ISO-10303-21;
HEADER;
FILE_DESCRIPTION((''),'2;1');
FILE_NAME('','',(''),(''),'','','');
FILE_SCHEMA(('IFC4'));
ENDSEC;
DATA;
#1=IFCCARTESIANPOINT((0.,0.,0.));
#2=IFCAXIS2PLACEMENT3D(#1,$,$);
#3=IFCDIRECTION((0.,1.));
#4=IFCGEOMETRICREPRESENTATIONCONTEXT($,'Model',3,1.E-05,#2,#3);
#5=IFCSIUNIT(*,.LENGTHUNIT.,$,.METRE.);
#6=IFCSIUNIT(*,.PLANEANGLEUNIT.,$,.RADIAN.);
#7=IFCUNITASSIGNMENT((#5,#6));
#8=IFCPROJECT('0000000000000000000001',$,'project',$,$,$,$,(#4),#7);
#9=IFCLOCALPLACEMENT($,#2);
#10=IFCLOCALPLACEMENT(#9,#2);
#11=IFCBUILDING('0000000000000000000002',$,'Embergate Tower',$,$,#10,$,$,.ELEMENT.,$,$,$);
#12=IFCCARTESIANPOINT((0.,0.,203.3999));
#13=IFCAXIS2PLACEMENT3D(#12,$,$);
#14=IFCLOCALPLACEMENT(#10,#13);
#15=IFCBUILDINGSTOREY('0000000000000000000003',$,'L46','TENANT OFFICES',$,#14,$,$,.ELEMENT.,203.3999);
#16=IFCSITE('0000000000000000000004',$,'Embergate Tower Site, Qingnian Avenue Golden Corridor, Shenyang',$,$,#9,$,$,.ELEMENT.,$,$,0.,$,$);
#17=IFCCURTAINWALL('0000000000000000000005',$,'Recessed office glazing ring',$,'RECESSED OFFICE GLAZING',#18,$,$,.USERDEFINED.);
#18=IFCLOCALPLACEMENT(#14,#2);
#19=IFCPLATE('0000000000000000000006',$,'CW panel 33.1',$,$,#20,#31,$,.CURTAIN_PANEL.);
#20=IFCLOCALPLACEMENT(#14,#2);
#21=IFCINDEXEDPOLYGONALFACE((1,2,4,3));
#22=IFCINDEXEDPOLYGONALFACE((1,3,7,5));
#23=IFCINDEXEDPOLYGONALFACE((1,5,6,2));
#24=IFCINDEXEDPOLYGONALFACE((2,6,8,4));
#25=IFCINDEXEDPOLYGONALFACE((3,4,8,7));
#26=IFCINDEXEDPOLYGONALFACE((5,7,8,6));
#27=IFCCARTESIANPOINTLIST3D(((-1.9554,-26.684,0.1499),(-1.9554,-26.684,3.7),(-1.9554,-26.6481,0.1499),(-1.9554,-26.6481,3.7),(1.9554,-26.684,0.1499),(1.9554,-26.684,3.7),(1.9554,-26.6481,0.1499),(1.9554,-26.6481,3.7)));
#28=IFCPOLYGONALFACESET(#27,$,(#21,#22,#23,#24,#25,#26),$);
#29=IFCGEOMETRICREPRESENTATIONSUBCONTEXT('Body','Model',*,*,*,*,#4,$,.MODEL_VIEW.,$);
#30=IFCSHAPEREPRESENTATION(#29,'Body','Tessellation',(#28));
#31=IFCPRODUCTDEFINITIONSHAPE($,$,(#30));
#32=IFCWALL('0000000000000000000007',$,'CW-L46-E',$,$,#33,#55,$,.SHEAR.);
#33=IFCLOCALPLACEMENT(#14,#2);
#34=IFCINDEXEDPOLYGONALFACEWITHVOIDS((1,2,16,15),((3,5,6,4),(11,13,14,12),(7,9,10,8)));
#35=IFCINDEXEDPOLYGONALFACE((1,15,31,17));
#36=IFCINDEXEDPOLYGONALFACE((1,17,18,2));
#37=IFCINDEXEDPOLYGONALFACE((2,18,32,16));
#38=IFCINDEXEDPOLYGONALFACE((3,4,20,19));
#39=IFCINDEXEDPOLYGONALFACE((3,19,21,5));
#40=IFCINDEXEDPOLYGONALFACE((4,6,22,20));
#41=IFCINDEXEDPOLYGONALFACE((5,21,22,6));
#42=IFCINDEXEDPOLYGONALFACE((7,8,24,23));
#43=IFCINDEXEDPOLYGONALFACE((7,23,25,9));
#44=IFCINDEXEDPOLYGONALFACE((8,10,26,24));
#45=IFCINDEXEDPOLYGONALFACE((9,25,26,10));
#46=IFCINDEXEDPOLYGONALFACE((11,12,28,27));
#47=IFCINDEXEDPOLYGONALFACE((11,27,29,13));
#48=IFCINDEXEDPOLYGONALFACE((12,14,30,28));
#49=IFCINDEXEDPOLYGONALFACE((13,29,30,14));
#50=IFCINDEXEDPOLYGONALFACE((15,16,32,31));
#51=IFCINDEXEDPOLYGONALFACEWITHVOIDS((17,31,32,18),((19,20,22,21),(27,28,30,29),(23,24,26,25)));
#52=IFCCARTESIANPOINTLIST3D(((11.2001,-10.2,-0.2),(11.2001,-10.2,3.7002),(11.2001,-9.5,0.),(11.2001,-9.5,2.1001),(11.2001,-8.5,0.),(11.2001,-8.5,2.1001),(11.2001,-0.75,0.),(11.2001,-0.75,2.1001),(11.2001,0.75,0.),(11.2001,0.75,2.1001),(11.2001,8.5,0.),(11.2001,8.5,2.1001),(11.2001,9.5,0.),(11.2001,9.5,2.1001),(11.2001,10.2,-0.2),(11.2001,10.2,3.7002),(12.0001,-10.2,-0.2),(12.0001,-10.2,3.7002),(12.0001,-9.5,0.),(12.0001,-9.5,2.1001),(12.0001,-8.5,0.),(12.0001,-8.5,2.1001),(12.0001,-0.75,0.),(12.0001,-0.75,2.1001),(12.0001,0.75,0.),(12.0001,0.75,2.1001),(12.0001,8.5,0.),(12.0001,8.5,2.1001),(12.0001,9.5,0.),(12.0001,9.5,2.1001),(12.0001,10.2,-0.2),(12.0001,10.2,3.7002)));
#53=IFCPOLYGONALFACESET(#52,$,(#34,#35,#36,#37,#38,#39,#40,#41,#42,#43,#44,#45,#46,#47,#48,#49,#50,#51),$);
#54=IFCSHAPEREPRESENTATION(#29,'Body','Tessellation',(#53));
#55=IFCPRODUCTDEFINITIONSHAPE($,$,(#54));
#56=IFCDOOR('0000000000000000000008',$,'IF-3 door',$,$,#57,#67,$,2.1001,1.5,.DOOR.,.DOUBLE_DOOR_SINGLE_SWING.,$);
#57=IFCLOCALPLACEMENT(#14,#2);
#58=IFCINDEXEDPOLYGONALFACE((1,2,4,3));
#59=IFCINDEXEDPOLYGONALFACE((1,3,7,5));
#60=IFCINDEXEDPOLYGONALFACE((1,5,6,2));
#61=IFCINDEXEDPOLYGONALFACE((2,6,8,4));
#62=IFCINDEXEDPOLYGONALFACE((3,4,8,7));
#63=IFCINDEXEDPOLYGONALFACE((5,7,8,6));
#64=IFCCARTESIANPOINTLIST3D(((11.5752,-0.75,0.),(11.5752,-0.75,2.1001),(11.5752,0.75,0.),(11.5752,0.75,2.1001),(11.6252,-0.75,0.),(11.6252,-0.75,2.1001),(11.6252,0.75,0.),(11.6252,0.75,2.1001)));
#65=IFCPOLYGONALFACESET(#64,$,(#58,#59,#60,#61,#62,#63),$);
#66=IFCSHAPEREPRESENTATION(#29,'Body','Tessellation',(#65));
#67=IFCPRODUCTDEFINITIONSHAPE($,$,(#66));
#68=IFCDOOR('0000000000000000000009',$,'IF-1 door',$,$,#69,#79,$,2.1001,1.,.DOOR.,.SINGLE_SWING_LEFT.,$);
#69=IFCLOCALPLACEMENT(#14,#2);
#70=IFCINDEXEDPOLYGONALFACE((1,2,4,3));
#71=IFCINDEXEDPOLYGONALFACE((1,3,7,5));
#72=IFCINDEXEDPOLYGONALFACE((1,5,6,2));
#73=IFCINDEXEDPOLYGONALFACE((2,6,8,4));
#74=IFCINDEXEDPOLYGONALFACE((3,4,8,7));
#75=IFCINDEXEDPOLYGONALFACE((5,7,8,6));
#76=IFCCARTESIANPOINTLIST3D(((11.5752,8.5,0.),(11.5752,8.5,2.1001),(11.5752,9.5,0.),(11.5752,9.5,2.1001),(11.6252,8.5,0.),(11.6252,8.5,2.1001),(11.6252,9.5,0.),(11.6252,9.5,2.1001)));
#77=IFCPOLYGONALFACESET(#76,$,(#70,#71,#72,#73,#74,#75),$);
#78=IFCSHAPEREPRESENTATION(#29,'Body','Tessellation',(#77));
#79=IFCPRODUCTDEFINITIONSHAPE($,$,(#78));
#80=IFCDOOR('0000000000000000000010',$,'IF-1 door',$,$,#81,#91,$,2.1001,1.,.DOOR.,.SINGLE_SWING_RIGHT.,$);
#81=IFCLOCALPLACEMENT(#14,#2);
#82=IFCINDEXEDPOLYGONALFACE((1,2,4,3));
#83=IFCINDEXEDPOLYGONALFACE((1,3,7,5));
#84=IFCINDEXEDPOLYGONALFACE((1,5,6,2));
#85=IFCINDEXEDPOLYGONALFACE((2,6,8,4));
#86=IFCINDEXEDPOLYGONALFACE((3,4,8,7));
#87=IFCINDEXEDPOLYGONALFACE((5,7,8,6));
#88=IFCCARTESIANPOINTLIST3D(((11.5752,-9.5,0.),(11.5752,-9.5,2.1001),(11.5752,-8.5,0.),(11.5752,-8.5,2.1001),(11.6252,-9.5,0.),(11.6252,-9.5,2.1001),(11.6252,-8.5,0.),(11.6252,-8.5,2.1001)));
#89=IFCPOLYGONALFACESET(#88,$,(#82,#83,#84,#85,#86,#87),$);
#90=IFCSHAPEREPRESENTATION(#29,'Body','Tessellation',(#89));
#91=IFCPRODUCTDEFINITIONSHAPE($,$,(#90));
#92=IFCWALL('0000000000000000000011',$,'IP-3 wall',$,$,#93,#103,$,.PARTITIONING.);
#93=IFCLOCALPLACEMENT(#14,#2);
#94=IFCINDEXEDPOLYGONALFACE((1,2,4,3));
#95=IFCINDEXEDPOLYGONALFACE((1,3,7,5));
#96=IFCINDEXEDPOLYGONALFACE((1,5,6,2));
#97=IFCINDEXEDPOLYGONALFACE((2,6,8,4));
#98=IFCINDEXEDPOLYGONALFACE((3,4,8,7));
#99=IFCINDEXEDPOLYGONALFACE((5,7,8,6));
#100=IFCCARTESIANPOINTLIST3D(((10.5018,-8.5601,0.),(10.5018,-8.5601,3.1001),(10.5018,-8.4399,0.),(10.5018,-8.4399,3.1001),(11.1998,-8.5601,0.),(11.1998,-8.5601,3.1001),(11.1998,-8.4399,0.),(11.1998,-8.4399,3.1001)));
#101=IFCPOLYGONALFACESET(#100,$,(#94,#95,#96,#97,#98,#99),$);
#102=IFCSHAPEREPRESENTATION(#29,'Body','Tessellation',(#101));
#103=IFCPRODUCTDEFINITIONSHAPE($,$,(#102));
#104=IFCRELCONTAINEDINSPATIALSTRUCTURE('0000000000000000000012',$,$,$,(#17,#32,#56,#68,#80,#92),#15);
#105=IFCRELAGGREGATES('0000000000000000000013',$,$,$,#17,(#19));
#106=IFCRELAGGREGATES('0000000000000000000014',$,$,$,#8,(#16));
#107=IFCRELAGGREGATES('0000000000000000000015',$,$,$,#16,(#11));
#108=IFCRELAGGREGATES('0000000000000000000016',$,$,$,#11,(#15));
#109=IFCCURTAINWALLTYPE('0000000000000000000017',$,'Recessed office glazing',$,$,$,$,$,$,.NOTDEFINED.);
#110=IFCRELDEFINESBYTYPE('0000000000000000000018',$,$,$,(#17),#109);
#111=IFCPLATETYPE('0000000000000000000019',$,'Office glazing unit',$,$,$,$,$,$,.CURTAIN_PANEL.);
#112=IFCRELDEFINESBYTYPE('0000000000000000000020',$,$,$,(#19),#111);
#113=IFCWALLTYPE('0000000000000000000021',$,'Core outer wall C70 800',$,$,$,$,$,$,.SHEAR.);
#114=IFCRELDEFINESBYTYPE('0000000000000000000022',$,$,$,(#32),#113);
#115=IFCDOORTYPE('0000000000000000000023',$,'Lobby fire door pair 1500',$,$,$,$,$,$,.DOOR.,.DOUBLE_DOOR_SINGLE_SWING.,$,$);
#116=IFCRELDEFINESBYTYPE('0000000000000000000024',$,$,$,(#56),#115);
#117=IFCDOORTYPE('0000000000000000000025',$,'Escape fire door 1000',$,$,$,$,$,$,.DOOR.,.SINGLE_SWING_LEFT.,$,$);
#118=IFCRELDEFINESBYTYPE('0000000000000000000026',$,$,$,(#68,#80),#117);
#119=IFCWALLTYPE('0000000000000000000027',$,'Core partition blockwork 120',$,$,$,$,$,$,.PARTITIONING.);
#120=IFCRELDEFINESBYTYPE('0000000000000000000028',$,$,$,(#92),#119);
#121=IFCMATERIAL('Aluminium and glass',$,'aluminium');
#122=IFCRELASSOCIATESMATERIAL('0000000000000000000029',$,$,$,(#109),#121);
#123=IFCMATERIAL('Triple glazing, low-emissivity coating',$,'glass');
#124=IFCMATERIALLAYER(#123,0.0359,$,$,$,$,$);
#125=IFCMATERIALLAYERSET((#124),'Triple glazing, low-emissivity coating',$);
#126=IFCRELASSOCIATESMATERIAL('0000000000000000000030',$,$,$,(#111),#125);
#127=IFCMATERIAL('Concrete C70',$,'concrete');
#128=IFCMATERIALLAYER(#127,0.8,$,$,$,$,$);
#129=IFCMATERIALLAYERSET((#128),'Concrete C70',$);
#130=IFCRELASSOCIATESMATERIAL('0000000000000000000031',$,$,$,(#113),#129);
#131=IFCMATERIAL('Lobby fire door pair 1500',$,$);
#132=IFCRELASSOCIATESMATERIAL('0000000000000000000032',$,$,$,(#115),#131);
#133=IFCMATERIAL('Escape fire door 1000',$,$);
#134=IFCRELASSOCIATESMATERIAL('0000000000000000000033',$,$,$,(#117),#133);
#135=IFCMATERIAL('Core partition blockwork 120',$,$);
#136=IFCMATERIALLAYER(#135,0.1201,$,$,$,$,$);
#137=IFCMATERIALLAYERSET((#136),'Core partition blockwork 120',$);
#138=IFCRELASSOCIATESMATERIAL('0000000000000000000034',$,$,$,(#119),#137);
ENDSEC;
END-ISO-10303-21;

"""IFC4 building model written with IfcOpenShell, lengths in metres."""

from ifc_helpers import new_model, si_unit, direction, frame, frame_2d, origin, origin_2d, place, context, subcontext, project, spatial, rectangle, extrude, source, transform, mapped, material, layer, layer_set, type_object, element, fill, aggregate, save


model = new_model("IFC4")

# Units and contexts
model_context = context("Model", 3, precision=1e-05, world=origin(), true_north=direction((0.0, 1.0)))
body_context = subcontext(model_context, "Body", "Model", "MODEL_VIEW")
ifc_project = project(units=[si_unit("LENGTHUNIT", "METRE"), si_unit("PLANEANGLEUNIT", "RADIAN")], contexts=[model_context])

# Site, building, storey
site_placement = place(None, origin())
site = spatial("IfcSite", under=ifc_project, at=site_placement, Name="Embergate Tower Site, Qingnian Avenue Golden Corridor, Shenyang", CompositionType="ELEMENT", RefElevation=0.0)
building_placement = place(site_placement, origin())
building = spatial("IfcBuilding", under=site, at=building_placement, Name="Embergate Tower", CompositionType="ELEMENT")
storey_placement = place(building_placement, frame((0.0, 0.0, 203.3999)))
storey = spatial("IfcBuildingStorey", under=building, at=storey_placement, Name="L46", Description="TENANT OFFICES", CompositionType="ELEMENT", Elevation=203.3999)

# Curtain wall, plate
ifc_material_1 = material(Name="Aluminium and glass", Category="aluminium")
curtain_wall_type = type_object("IfcCurtainWallType", Name="Recessed office glazing", PredefinedType="NOTDEFINED", material=ifc_material_1)
curtain_wall_placement = place(storey_placement, origin())
curtain_wall = element("IfcCurtainWall", 1, at=curtain_wall_placement, inside=storey, type_object=curtain_wall_type, Name="Recessed office glazing ring", ObjectType="RECESSED OFFICE GLAZING", PredefinedType="USERDEFINED")
ifc_material_2 = material(Name="Triple glazing, low-emissivity coating", Category="glass")
ifc_layer_1 = layer(ifc_material_2, 0.0359)
ifc_layer_set_1 = layer_set([ifc_layer_1], Name="Triple glazing, low-emissivity coating")
plate_type = type_object("IfcPlateType", Name="Office glazing unit", PredefinedType="CURTAIN_PANEL", material=ifc_layer_set_1)
shared_shape_1 = source(origin(), body_context, "Body", "SweptSolid", [
    extrude(rectangle(XDim=3.9109, YDim=0.0359, at=origin_2d()), origin(), (0.0, 0.0, 1.0), 3.55),
])
plate_1_placement = place(storey_placement, frame((0.0, -26.666, 0.1499), z_axis=(0.0, 0.0, 1.0), x_axis=(1.0, 0.0, 0.0)))
plate_1 = element("IfcPlate", 2, at=plate_1_placement, type_object=plate_type, Name="CW panel 33.1", PredefinedType="CURTAIN_PANEL", context=body_context, shape_type="MappedRepresentation", body=[
    mapped(shared_shape_1, transform((0.0, 0.0, 0.0))),
])
aggregate(curtain_wall, [plate_1])

# Wall, openings, doors
ifc_material_3 = material(Name="Concrete C70", Category="concrete")
ifc_layer_2 = layer(ifc_material_3, 0.8)
ifc_layer_set_2 = layer_set([ifc_layer_2], Name="Concrete C70")
wall_type_1 = type_object("IfcWallType", Name="Core outer wall C70 800", PredefinedType="SHEAR", material=ifc_layer_set_2)
shared_shape_2 = source(origin(), body_context, "Body", "SweptSolid", [
    extrude(rectangle(XDim=20.3999, YDim=0.8, at=frame_2d((10.2, 0.0))), origin(), (0.0, 0.0, 1.0), 3.9001),
])
wall_1_placement = place(storey_placement, frame((11.6001, -10.2, -0.2), z_axis=(0.0, 0.0, 1.0), x_axis=(0.0, 1.0, 0.0)))
wall_1 = element("IfcWall", 3, at=wall_1_placement, inside=storey, type_object=wall_type_1, Name="CW-L46-E", PredefinedType="SHEAR", context=body_context, shape_type="MappedRepresentation", body=[
    mapped(shared_shape_2, transform((0.0, 0.0, 0.0))),
])
shared_shape_3 = source(origin(), body_context, "Body", "SweptSolid", [
    extrude(rectangle(XDim=1.0, YDim=2.1001, at=frame_2d((0.5, 1.05))), frame((0.0, 0.4099, 0.0), z_axis=(0.0, -1.0, 0.0), x_axis=(1.0, 0.0, 0.0)), (0.0, 0.0, 1.0), 0.8201),
])
opening_1_placement = place(wall_1_placement, frame((18.7, 0.0, 0.2)))
opening_1 = element("IfcOpeningElement", 4, at=opening_1_placement, cuts=wall_1, PredefinedType="OPENING", context=body_context, shape_type="MappedRepresentation", body=[
    mapped(shared_shape_3, transform((0.0, 0.0, 0.0))),
])
opening_2_placement = place(wall_1_placement, frame((0.7, 0.0, 0.2)))
opening_2 = element("IfcOpeningElement", 5, at=opening_2_placement, cuts=wall_1, PredefinedType="OPENING", context=body_context, shape_type="MappedRepresentation", body=[
    mapped(shared_shape_3, transform((0.0, 0.0, 0.0))),
])
shared_shape_4 = source(origin(), body_context, "Body", "SweptSolid", [
    extrude(rectangle(XDim=1.5, YDim=2.1001, at=frame_2d((0.75, 1.05))), frame((0.0, 0.4099, 0.0), z_axis=(0.0, -1.0, 0.0), x_axis=(1.0, 0.0, 0.0)), (0.0, 0.0, 1.0), 0.8201),
])
opening_3_placement = place(wall_1_placement, frame((9.45, 0.0, 0.2)))
opening_3 = element("IfcOpeningElement", 6, at=opening_3_placement, cuts=wall_1, PredefinedType="OPENING", context=body_context, shape_type="MappedRepresentation", body=[
    mapped(shared_shape_4, transform((0.0, 0.0, 0.0))),
])
ifc_material_4 = material(Name="Lobby fire door pair 1500")
door_type_1 = type_object("IfcDoorType", Name="Lobby fire door pair 1500", OperationType="DOUBLE_DOOR_SINGLE_SWING", PredefinedType="DOOR", material=ifc_material_4)
shared_shape_5 = source(origin(), body_context, "Body", "SweptSolid", [
    extrude(rectangle(XDim=1.5, YDim=2.1001, at=frame_2d((0.75, 1.05))), frame((0.0, 0.0249, 0.0), z_axis=(0.0, -1.0, 0.0), x_axis=(1.0, 0.0, 0.0)), (0.0, 0.0, 1.0), 0.05),
])
door_1_placement = place(opening_3_placement, origin())
door_1 = element("IfcDoor", 7, at=door_1_placement, inside=storey, type_object=door_type_1, Name="IF-3 door", OperationType="DOUBLE_DOOR_SINGLE_SWING", OverallHeight=2.1001, OverallWidth=1.5, PredefinedType="DOOR", context=body_context, shape_type="MappedRepresentation", body=[
    mapped(shared_shape_5, transform((0.0, 0.0, 0.0))),
])
fill(opening_3, door_1)
ifc_material_5 = material(Name="Escape fire door 1000")
door_type_2 = type_object("IfcDoorType", Name="Escape fire door 1000", OperationType="SINGLE_SWING_LEFT", PredefinedType="DOOR", material=ifc_material_5)
shared_shape_6 = source(origin(), body_context, "Body", "SweptSolid", [
    extrude(rectangle(XDim=1.0, YDim=2.1001, at=frame_2d((0.5, 1.05))), frame((0.0, 0.0249, 0.0), z_axis=(0.0, -1.0, 0.0), x_axis=(1.0, 0.0, 0.0)), (0.0, 0.0, 1.0), 0.05),
])
door_2_placement = place(opening_1_placement, origin())
door_2 = element("IfcDoor", 8, at=door_2_placement, inside=storey, type_object=door_type_2, Name="IF-1 door", OperationType="SINGLE_SWING_LEFT", OverallHeight=2.1001, OverallWidth=1.0, PredefinedType="DOOR", context=body_context, shape_type="MappedRepresentation", body=[
    mapped(shared_shape_6, transform((0.0, 0.0, 0.0))),
])
fill(opening_1, door_2)
door_3_placement = place(opening_2_placement, origin())
door_3 = element("IfcDoor", 9, at=door_3_placement, inside=storey, type_object=door_type_2, Name="IF-1 door", OperationType="SINGLE_SWING_RIGHT", OverallHeight=2.1001, OverallWidth=1.0, PredefinedType="DOOR", context=body_context, shape_type="MappedRepresentation", body=[
    mapped(shared_shape_6, transform((0.0, 0.0, 0.0))),
])
fill(opening_2, door_3)

# Wall
ifc_material_6 = material(Name="Core partition blockwork 120")
ifc_layer_3 = layer(ifc_material_6, 0.1201)
ifc_layer_set_3 = layer_set([ifc_layer_3], Name="Core partition blockwork 120")
wall_type_2 = type_object("IfcWallType", Name="Core partition blockwork 120", PredefinedType="PARTITIONING", material=ifc_layer_set_3)
shared_shape_7 = source(origin(), body_context, "Body", "SweptSolid", [
    extrude(rectangle(XDim=0.698, YDim=0.1201, at=frame_2d((0.3491, 0.0))), origin(), (0.0, 0.0, 1.0), 3.1001),
])
wall_2_placement = place(storey_placement, frame((11.2, -8.5, 0.0), z_axis=(0.0, 0.0, 1.0), x_axis=(-1.0, 0.0, 0.0)))
element("IfcWall", 10, at=wall_2_placement, inside=storey, type_object=wall_type_2, Name="IP-3 wall", PredefinedType="PARTITIONING", context=body_context, shape_type="MappedRepresentation", body=[
    mapped(shared_shape_7, transform((0.0, 0.0, 0.0))),
])

save(model, "model.ifc")
